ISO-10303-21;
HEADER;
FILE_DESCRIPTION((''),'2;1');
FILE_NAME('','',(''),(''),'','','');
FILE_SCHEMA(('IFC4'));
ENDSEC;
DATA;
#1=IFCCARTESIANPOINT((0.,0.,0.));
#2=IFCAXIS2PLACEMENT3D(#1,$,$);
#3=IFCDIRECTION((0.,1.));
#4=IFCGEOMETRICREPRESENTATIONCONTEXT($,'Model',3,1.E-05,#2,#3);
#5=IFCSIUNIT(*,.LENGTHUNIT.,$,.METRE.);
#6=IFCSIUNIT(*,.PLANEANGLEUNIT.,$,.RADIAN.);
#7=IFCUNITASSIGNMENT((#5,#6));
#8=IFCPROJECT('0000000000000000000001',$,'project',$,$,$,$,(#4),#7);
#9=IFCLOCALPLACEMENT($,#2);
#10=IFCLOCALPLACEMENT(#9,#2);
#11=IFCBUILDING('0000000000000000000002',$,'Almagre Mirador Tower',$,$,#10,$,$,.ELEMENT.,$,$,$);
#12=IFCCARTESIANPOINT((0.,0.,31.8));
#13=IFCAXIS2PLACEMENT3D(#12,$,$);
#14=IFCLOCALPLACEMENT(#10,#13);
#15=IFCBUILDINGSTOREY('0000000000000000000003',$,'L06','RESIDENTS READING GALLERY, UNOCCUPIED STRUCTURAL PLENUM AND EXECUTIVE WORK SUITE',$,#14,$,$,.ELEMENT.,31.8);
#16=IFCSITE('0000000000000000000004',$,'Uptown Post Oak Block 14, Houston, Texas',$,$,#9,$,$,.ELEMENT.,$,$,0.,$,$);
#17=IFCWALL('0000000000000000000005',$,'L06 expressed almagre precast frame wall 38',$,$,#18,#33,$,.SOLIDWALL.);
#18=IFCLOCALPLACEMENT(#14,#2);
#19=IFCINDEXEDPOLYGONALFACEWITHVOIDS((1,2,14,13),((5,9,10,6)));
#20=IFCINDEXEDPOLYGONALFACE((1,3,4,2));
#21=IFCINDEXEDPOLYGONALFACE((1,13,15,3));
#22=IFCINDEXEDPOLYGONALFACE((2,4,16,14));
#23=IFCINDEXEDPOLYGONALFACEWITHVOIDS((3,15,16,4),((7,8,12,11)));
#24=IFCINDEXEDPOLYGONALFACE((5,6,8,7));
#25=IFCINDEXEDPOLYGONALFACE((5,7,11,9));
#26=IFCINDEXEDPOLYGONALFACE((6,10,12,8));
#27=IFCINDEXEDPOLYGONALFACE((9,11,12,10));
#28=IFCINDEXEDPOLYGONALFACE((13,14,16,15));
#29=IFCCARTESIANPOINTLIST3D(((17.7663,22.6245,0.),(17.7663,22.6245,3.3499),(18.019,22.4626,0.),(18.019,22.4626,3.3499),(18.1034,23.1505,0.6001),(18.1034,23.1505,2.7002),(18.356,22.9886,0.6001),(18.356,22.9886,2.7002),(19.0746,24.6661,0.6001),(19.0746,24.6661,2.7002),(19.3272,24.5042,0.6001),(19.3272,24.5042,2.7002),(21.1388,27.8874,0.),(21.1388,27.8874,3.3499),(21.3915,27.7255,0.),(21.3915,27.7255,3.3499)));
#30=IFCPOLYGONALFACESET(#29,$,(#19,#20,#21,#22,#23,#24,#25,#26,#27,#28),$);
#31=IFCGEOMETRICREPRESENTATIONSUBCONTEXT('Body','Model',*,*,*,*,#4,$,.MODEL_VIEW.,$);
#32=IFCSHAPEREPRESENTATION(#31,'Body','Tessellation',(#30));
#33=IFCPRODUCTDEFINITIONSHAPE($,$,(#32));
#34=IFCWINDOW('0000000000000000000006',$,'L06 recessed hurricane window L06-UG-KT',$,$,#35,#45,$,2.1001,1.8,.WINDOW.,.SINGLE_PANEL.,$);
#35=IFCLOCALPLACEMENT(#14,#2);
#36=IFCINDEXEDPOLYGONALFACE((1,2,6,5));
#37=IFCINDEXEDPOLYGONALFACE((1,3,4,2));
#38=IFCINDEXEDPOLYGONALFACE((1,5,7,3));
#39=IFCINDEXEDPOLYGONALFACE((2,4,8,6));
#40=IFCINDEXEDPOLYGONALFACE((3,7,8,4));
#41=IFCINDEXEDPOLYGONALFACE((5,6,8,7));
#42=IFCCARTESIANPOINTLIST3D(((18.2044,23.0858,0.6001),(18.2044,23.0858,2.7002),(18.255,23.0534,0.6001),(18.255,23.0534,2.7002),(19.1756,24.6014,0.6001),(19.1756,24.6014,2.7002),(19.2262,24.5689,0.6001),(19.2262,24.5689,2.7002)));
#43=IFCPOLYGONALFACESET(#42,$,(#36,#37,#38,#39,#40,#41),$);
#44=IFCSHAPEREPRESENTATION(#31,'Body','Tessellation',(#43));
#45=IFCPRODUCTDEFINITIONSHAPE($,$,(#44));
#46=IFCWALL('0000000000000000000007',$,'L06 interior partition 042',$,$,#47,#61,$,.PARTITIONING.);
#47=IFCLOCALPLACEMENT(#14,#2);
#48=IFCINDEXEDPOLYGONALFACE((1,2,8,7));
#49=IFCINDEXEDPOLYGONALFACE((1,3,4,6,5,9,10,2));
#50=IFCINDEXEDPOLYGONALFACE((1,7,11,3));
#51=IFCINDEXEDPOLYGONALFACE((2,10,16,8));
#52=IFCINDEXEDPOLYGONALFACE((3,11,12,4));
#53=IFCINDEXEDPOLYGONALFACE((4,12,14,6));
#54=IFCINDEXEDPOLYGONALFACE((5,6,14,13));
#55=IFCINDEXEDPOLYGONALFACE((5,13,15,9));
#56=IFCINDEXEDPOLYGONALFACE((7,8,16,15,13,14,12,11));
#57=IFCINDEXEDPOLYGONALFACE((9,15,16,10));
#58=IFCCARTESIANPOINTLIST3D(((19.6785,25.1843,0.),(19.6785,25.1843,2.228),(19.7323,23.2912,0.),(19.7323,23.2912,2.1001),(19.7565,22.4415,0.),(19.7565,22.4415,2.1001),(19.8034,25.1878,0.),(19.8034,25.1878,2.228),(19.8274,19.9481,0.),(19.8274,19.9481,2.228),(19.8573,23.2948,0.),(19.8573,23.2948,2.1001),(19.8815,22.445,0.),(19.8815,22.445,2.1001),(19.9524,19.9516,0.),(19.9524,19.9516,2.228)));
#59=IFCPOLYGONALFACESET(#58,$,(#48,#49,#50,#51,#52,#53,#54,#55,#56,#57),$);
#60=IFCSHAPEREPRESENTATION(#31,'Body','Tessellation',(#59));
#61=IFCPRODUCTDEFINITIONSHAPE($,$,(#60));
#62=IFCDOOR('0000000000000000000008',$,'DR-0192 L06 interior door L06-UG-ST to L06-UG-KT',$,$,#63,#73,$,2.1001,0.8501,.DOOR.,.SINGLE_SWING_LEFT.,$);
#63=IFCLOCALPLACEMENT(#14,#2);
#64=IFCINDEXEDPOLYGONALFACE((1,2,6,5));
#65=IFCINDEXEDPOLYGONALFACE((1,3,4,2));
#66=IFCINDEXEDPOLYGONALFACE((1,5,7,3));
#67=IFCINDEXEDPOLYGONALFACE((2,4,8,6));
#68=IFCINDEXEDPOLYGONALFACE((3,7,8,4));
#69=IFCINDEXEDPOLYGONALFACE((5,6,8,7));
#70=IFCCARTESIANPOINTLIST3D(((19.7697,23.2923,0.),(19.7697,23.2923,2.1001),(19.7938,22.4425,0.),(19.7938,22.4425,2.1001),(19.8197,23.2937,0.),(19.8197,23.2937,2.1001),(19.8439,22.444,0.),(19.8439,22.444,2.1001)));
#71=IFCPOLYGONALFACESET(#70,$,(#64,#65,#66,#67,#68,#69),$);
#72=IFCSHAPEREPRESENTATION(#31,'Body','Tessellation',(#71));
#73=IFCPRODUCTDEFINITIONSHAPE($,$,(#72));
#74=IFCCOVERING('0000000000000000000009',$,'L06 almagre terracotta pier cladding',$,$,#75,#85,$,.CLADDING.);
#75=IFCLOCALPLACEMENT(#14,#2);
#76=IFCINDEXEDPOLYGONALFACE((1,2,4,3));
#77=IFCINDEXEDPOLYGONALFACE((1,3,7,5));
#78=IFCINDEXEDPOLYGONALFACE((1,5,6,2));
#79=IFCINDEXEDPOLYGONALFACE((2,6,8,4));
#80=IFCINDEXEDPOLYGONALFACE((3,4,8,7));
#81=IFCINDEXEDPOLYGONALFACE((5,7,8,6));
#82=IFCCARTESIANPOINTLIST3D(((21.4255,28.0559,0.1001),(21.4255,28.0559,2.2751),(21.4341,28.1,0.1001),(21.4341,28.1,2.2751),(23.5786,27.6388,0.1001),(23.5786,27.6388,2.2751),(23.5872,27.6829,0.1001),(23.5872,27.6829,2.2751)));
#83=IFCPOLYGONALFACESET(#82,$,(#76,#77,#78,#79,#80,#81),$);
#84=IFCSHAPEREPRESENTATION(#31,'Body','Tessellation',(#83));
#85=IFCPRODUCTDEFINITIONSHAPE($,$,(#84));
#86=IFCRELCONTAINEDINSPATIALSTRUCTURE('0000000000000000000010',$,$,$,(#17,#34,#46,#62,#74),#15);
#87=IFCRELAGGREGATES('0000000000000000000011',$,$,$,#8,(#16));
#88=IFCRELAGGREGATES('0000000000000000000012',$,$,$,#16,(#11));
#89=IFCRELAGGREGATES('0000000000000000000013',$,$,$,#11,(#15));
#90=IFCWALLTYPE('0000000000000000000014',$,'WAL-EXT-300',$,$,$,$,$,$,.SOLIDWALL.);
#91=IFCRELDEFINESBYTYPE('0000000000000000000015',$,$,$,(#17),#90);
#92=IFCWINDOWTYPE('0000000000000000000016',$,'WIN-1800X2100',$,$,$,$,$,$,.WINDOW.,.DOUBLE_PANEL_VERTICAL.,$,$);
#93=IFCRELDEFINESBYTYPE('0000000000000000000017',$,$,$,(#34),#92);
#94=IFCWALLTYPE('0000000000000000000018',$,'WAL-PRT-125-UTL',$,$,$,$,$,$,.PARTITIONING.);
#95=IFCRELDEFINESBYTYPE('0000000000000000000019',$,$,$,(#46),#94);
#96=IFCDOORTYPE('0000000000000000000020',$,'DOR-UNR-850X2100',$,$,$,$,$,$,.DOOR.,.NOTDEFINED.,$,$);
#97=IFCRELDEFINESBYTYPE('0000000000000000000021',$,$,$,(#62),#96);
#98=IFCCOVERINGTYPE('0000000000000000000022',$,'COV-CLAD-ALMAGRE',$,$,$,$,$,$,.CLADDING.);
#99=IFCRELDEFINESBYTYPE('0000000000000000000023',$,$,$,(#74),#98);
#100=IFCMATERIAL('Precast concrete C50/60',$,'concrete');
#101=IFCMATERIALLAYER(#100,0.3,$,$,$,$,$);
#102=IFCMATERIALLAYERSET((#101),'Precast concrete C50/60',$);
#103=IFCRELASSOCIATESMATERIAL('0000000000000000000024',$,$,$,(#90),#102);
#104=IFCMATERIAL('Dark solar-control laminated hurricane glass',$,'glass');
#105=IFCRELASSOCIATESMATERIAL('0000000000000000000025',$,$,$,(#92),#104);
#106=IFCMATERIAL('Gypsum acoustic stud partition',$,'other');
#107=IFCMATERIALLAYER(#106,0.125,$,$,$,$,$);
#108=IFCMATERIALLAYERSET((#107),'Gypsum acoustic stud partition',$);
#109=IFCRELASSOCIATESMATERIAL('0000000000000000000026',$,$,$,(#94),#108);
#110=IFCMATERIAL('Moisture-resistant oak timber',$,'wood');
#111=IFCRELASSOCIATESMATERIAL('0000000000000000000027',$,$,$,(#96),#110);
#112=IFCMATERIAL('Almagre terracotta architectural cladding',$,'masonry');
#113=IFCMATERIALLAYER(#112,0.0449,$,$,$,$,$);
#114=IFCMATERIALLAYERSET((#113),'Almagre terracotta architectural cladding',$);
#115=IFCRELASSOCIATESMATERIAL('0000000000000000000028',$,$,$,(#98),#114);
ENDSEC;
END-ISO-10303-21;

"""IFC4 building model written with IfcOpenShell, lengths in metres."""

from ifc_helpers import new_model, si_unit, direction, frame, frame_2d, origin, origin_2d, place, context, subcontext, project, spatial, rectangle, extrude, material, layer, layer_set, type_object, element, fill, save


model = new_model("IFC4")

# Units and contexts
model_context = context("Model", 3, precision=1e-05, world=origin(), true_north=direction((0.0, 1.0)))
body_context = subcontext(model_context, "Body", "Model", "MODEL_VIEW")
ifc_project = project(units=[si_unit("LENGTHUNIT", "METRE"), si_unit("PLANEANGLEUNIT", "RADIAN")], contexts=[model_context])

# Site, building, storey
site_placement = place(None, origin())
site = spatial("IfcSite", under=ifc_project, at=site_placement, Name="Uptown Post Oak Block 14, Houston, Texas", CompositionType="ELEMENT", RefElevation=0.0)
building_placement = place(site_placement, origin())
building = spatial("IfcBuilding", under=site, at=building_placement, Name="Almagre Mirador Tower", CompositionType="ELEMENT")
storey_placement = place(building_placement, frame((0.0, 0.0, 31.8)))
storey = spatial("IfcBuildingStorey", under=building, at=storey_placement, Name="L06", Description="RESIDENTS READING GALLERY, UNOCCUPIED STRUCTURAL PLENUM AND EXECUTIVE WORK SUITE", CompositionType="ELEMENT", Elevation=31.8)

# Shared definitions
ifc_material_1 = material(Name="Precast concrete C50/60", Category="concrete")
ifc_layer_1 = layer(ifc_material_1, 0.3)
ifc_layer_set_1 = layer_set([ifc_layer_1], Name="Precast concrete C50/60")
wall_type_1 = type_object("IfcWallType", Name="WAL-EXT-300", PredefinedType="SOLIDWALL", material=ifc_layer_set_1)

# Wall, opening, window
wall_1_placement = place(storey_placement, frame((17.8926, 22.5435, 0.0), z_axis=(0.0, 0.0, 1.0), x_axis=(0.539539, 0.841961, 0.0)))
wall_1 = element("IfcWall", 1, at=wall_1_placement, inside=storey, type_object=wall_type_1, Name="L06 expressed almagre precast frame wall 38", PredefinedType="SOLIDWALL", context=body_context, shape_type="SweptSolid", body=[
    extrude(rectangle(XDim=6.2507, YDim=0.3, at=frame_2d((3.1255, 0.0))), origin(), (0.0, 0.0, 1.0), 3.3499),
])
opening_1_placement = place(wall_1_placement, frame((0.625, 0.0, 0.6001)))
opening_1 = element("IfcOpeningElement", 2, at=opening_1_placement, cuts=wall_1, PredefinedType="OPENING", context=body_context, shape_type="SweptSolid", body=[
    extrude(rectangle(XDim=1.8, YDim=2.1001, at=frame_2d((0.8999, 1.05))), frame((0.0, 0.1599, 0.0), z_axis=(0.0, -1.0, 0.0), x_axis=(1.0, 0.0, 0.0)), (0.0, 0.0, 1.0), 0.32),
])
ifc_material_2 = material(Name="Dark solar-control laminated hurricane glass", Category="glass")
window_type = type_object("IfcWindowType", Name="WIN-1800X2100", PartitioningType="DOUBLE_PANEL_VERTICAL", PredefinedType="WINDOW", material=ifc_material_2)
window_placement = place(opening_1_placement, origin())
window = element("IfcWindow", 3, at=window_placement, inside=storey, type_object=window_type, Name="L06 recessed hurricane window L06-UG-KT", OverallHeight=2.1001, OverallWidth=1.8, PartitioningType="SINGLE_PANEL", PredefinedType="WINDOW", context=body_context, shape_type="SweptSolid", body=[
    extrude(rectangle(XDim=1.8, YDim=2.1001, at=frame_2d((0.8999, 1.05))), frame((0.0, 0.03, 0.0), z_axis=(0.0, -1.0, 0.0), x_axis=(1.0, 0.0, 0.0)), (0.0, 0.0, 1.0), 0.0601),
])
fill(opening_1, window)

# Wall, opening, door
ifc_material_3 = material(Name="Gypsum acoustic stud partition", Category="other")
ifc_layer_2 = layer(ifc_material_3, 0.125)
ifc_layer_set_2 = layer_set([ifc_layer_2], Name="Gypsum acoustic stud partition")
wall_type_2 = type_object("IfcWallType", Name="WAL-PRT-125-UTL", PredefinedType="PARTITIONING", material=ifc_layer_set_2)
wall_2_placement = place(storey_placement, frame((19.741, 25.186, 0.0), z_axis=(0.0, 0.0, 1.0), x_axis=(0.028431, -0.999596, 0.0)))
wall_2 = element("IfcWall", 4, at=wall_2_placement, inside=storey, type_object=wall_type_2, Name="L06 interior partition 042", PredefinedType="PARTITIONING", context=body_context, shape_type="SweptSolid", body=[
    extrude(rectangle(XDim=5.2383, YDim=0.125, at=frame_2d((2.6191, 0.0))), origin(), (0.0, 0.0, 1.0), 2.228),
])
opening_2_placement = place(wall_2_placement, frame((1.8938, 0.0, 0.0)))
opening_2 = element("IfcOpeningElement", 5, at=opening_2_placement, cuts=wall_2, PredefinedType="OPENING", context=body_context, shape_type="SweptSolid", body=[
    extrude(rectangle(XDim=0.8501, YDim=2.1001, at=frame_2d((0.425, 1.05))), frame((0.0, 0.0725, 0.0), z_axis=(0.0, -1.0, 0.0), x_axis=(1.0, 0.0, 0.0)), (0.0, 0.0, 1.0), 0.145),
])
ifc_material_4 = material(Name="Moisture-resistant oak timber", Category="wood")
door_type = type_object("IfcDoorType", Name="DOR-UNR-850X2100", OperationType="NOTDEFINED", PredefinedType="DOOR", material=ifc_material_4)
door_placement = place(opening_2_placement, origin())
door = element("IfcDoor", 6, at=door_placement, inside=storey, type_object=door_type, Name="DR-0192 L06 interior door L06-UG-ST to L06-UG-KT", OperationType="SINGLE_SWING_LEFT", OverallHeight=2.1001, OverallWidth=0.8501, PredefinedType="DOOR", context=body_context, shape_type="SweptSolid", body=[
    extrude(rectangle(XDim=0.8501, YDim=2.1001, at=frame_2d((0.425, 1.05))), frame((0.0, 0.0249, 0.0), z_axis=(0.0, -1.0, 0.0), x_axis=(1.0, 0.0, 0.0)), (0.0, 0.0, 1.0), 0.05),
])
fill(opening_2, door)

# Covering
ifc_material_5 = material(Name="Almagre terracotta architectural cladding", Category="masonry")
ifc_layer_3 = layer(ifc_material_5, 0.0449)
ifc_layer_set_3 = layer_set([ifc_layer_3], Name="Almagre terracotta architectural cladding")
covering_type = type_object("IfcCoveringType", Name="COV-CLAD-ALMAGRE", PredefinedType="CLADDING", material=ifc_layer_set_3)
covering_placement = place(storey_placement, frame((22.5063, 27.8694, 0.1001), z_axis=(0.0, 0.0, 1.0), x_axis=(0.981747, -0.190192, 0.0)))
element("IfcCovering", 7, at=covering_placement, inside=storey, type_object=covering_type, Name="L06 almagre terracotta pier cladding", PredefinedType="CLADDING", context=body_context, shape_type="SweptSolid", body=[
    extrude(rectangle(XDim=2.1931, YDim=0.0449, at=origin_2d()), origin(), (0.0, 0.0, 1.0), 2.175),
])

save(model, "model.ifc")
